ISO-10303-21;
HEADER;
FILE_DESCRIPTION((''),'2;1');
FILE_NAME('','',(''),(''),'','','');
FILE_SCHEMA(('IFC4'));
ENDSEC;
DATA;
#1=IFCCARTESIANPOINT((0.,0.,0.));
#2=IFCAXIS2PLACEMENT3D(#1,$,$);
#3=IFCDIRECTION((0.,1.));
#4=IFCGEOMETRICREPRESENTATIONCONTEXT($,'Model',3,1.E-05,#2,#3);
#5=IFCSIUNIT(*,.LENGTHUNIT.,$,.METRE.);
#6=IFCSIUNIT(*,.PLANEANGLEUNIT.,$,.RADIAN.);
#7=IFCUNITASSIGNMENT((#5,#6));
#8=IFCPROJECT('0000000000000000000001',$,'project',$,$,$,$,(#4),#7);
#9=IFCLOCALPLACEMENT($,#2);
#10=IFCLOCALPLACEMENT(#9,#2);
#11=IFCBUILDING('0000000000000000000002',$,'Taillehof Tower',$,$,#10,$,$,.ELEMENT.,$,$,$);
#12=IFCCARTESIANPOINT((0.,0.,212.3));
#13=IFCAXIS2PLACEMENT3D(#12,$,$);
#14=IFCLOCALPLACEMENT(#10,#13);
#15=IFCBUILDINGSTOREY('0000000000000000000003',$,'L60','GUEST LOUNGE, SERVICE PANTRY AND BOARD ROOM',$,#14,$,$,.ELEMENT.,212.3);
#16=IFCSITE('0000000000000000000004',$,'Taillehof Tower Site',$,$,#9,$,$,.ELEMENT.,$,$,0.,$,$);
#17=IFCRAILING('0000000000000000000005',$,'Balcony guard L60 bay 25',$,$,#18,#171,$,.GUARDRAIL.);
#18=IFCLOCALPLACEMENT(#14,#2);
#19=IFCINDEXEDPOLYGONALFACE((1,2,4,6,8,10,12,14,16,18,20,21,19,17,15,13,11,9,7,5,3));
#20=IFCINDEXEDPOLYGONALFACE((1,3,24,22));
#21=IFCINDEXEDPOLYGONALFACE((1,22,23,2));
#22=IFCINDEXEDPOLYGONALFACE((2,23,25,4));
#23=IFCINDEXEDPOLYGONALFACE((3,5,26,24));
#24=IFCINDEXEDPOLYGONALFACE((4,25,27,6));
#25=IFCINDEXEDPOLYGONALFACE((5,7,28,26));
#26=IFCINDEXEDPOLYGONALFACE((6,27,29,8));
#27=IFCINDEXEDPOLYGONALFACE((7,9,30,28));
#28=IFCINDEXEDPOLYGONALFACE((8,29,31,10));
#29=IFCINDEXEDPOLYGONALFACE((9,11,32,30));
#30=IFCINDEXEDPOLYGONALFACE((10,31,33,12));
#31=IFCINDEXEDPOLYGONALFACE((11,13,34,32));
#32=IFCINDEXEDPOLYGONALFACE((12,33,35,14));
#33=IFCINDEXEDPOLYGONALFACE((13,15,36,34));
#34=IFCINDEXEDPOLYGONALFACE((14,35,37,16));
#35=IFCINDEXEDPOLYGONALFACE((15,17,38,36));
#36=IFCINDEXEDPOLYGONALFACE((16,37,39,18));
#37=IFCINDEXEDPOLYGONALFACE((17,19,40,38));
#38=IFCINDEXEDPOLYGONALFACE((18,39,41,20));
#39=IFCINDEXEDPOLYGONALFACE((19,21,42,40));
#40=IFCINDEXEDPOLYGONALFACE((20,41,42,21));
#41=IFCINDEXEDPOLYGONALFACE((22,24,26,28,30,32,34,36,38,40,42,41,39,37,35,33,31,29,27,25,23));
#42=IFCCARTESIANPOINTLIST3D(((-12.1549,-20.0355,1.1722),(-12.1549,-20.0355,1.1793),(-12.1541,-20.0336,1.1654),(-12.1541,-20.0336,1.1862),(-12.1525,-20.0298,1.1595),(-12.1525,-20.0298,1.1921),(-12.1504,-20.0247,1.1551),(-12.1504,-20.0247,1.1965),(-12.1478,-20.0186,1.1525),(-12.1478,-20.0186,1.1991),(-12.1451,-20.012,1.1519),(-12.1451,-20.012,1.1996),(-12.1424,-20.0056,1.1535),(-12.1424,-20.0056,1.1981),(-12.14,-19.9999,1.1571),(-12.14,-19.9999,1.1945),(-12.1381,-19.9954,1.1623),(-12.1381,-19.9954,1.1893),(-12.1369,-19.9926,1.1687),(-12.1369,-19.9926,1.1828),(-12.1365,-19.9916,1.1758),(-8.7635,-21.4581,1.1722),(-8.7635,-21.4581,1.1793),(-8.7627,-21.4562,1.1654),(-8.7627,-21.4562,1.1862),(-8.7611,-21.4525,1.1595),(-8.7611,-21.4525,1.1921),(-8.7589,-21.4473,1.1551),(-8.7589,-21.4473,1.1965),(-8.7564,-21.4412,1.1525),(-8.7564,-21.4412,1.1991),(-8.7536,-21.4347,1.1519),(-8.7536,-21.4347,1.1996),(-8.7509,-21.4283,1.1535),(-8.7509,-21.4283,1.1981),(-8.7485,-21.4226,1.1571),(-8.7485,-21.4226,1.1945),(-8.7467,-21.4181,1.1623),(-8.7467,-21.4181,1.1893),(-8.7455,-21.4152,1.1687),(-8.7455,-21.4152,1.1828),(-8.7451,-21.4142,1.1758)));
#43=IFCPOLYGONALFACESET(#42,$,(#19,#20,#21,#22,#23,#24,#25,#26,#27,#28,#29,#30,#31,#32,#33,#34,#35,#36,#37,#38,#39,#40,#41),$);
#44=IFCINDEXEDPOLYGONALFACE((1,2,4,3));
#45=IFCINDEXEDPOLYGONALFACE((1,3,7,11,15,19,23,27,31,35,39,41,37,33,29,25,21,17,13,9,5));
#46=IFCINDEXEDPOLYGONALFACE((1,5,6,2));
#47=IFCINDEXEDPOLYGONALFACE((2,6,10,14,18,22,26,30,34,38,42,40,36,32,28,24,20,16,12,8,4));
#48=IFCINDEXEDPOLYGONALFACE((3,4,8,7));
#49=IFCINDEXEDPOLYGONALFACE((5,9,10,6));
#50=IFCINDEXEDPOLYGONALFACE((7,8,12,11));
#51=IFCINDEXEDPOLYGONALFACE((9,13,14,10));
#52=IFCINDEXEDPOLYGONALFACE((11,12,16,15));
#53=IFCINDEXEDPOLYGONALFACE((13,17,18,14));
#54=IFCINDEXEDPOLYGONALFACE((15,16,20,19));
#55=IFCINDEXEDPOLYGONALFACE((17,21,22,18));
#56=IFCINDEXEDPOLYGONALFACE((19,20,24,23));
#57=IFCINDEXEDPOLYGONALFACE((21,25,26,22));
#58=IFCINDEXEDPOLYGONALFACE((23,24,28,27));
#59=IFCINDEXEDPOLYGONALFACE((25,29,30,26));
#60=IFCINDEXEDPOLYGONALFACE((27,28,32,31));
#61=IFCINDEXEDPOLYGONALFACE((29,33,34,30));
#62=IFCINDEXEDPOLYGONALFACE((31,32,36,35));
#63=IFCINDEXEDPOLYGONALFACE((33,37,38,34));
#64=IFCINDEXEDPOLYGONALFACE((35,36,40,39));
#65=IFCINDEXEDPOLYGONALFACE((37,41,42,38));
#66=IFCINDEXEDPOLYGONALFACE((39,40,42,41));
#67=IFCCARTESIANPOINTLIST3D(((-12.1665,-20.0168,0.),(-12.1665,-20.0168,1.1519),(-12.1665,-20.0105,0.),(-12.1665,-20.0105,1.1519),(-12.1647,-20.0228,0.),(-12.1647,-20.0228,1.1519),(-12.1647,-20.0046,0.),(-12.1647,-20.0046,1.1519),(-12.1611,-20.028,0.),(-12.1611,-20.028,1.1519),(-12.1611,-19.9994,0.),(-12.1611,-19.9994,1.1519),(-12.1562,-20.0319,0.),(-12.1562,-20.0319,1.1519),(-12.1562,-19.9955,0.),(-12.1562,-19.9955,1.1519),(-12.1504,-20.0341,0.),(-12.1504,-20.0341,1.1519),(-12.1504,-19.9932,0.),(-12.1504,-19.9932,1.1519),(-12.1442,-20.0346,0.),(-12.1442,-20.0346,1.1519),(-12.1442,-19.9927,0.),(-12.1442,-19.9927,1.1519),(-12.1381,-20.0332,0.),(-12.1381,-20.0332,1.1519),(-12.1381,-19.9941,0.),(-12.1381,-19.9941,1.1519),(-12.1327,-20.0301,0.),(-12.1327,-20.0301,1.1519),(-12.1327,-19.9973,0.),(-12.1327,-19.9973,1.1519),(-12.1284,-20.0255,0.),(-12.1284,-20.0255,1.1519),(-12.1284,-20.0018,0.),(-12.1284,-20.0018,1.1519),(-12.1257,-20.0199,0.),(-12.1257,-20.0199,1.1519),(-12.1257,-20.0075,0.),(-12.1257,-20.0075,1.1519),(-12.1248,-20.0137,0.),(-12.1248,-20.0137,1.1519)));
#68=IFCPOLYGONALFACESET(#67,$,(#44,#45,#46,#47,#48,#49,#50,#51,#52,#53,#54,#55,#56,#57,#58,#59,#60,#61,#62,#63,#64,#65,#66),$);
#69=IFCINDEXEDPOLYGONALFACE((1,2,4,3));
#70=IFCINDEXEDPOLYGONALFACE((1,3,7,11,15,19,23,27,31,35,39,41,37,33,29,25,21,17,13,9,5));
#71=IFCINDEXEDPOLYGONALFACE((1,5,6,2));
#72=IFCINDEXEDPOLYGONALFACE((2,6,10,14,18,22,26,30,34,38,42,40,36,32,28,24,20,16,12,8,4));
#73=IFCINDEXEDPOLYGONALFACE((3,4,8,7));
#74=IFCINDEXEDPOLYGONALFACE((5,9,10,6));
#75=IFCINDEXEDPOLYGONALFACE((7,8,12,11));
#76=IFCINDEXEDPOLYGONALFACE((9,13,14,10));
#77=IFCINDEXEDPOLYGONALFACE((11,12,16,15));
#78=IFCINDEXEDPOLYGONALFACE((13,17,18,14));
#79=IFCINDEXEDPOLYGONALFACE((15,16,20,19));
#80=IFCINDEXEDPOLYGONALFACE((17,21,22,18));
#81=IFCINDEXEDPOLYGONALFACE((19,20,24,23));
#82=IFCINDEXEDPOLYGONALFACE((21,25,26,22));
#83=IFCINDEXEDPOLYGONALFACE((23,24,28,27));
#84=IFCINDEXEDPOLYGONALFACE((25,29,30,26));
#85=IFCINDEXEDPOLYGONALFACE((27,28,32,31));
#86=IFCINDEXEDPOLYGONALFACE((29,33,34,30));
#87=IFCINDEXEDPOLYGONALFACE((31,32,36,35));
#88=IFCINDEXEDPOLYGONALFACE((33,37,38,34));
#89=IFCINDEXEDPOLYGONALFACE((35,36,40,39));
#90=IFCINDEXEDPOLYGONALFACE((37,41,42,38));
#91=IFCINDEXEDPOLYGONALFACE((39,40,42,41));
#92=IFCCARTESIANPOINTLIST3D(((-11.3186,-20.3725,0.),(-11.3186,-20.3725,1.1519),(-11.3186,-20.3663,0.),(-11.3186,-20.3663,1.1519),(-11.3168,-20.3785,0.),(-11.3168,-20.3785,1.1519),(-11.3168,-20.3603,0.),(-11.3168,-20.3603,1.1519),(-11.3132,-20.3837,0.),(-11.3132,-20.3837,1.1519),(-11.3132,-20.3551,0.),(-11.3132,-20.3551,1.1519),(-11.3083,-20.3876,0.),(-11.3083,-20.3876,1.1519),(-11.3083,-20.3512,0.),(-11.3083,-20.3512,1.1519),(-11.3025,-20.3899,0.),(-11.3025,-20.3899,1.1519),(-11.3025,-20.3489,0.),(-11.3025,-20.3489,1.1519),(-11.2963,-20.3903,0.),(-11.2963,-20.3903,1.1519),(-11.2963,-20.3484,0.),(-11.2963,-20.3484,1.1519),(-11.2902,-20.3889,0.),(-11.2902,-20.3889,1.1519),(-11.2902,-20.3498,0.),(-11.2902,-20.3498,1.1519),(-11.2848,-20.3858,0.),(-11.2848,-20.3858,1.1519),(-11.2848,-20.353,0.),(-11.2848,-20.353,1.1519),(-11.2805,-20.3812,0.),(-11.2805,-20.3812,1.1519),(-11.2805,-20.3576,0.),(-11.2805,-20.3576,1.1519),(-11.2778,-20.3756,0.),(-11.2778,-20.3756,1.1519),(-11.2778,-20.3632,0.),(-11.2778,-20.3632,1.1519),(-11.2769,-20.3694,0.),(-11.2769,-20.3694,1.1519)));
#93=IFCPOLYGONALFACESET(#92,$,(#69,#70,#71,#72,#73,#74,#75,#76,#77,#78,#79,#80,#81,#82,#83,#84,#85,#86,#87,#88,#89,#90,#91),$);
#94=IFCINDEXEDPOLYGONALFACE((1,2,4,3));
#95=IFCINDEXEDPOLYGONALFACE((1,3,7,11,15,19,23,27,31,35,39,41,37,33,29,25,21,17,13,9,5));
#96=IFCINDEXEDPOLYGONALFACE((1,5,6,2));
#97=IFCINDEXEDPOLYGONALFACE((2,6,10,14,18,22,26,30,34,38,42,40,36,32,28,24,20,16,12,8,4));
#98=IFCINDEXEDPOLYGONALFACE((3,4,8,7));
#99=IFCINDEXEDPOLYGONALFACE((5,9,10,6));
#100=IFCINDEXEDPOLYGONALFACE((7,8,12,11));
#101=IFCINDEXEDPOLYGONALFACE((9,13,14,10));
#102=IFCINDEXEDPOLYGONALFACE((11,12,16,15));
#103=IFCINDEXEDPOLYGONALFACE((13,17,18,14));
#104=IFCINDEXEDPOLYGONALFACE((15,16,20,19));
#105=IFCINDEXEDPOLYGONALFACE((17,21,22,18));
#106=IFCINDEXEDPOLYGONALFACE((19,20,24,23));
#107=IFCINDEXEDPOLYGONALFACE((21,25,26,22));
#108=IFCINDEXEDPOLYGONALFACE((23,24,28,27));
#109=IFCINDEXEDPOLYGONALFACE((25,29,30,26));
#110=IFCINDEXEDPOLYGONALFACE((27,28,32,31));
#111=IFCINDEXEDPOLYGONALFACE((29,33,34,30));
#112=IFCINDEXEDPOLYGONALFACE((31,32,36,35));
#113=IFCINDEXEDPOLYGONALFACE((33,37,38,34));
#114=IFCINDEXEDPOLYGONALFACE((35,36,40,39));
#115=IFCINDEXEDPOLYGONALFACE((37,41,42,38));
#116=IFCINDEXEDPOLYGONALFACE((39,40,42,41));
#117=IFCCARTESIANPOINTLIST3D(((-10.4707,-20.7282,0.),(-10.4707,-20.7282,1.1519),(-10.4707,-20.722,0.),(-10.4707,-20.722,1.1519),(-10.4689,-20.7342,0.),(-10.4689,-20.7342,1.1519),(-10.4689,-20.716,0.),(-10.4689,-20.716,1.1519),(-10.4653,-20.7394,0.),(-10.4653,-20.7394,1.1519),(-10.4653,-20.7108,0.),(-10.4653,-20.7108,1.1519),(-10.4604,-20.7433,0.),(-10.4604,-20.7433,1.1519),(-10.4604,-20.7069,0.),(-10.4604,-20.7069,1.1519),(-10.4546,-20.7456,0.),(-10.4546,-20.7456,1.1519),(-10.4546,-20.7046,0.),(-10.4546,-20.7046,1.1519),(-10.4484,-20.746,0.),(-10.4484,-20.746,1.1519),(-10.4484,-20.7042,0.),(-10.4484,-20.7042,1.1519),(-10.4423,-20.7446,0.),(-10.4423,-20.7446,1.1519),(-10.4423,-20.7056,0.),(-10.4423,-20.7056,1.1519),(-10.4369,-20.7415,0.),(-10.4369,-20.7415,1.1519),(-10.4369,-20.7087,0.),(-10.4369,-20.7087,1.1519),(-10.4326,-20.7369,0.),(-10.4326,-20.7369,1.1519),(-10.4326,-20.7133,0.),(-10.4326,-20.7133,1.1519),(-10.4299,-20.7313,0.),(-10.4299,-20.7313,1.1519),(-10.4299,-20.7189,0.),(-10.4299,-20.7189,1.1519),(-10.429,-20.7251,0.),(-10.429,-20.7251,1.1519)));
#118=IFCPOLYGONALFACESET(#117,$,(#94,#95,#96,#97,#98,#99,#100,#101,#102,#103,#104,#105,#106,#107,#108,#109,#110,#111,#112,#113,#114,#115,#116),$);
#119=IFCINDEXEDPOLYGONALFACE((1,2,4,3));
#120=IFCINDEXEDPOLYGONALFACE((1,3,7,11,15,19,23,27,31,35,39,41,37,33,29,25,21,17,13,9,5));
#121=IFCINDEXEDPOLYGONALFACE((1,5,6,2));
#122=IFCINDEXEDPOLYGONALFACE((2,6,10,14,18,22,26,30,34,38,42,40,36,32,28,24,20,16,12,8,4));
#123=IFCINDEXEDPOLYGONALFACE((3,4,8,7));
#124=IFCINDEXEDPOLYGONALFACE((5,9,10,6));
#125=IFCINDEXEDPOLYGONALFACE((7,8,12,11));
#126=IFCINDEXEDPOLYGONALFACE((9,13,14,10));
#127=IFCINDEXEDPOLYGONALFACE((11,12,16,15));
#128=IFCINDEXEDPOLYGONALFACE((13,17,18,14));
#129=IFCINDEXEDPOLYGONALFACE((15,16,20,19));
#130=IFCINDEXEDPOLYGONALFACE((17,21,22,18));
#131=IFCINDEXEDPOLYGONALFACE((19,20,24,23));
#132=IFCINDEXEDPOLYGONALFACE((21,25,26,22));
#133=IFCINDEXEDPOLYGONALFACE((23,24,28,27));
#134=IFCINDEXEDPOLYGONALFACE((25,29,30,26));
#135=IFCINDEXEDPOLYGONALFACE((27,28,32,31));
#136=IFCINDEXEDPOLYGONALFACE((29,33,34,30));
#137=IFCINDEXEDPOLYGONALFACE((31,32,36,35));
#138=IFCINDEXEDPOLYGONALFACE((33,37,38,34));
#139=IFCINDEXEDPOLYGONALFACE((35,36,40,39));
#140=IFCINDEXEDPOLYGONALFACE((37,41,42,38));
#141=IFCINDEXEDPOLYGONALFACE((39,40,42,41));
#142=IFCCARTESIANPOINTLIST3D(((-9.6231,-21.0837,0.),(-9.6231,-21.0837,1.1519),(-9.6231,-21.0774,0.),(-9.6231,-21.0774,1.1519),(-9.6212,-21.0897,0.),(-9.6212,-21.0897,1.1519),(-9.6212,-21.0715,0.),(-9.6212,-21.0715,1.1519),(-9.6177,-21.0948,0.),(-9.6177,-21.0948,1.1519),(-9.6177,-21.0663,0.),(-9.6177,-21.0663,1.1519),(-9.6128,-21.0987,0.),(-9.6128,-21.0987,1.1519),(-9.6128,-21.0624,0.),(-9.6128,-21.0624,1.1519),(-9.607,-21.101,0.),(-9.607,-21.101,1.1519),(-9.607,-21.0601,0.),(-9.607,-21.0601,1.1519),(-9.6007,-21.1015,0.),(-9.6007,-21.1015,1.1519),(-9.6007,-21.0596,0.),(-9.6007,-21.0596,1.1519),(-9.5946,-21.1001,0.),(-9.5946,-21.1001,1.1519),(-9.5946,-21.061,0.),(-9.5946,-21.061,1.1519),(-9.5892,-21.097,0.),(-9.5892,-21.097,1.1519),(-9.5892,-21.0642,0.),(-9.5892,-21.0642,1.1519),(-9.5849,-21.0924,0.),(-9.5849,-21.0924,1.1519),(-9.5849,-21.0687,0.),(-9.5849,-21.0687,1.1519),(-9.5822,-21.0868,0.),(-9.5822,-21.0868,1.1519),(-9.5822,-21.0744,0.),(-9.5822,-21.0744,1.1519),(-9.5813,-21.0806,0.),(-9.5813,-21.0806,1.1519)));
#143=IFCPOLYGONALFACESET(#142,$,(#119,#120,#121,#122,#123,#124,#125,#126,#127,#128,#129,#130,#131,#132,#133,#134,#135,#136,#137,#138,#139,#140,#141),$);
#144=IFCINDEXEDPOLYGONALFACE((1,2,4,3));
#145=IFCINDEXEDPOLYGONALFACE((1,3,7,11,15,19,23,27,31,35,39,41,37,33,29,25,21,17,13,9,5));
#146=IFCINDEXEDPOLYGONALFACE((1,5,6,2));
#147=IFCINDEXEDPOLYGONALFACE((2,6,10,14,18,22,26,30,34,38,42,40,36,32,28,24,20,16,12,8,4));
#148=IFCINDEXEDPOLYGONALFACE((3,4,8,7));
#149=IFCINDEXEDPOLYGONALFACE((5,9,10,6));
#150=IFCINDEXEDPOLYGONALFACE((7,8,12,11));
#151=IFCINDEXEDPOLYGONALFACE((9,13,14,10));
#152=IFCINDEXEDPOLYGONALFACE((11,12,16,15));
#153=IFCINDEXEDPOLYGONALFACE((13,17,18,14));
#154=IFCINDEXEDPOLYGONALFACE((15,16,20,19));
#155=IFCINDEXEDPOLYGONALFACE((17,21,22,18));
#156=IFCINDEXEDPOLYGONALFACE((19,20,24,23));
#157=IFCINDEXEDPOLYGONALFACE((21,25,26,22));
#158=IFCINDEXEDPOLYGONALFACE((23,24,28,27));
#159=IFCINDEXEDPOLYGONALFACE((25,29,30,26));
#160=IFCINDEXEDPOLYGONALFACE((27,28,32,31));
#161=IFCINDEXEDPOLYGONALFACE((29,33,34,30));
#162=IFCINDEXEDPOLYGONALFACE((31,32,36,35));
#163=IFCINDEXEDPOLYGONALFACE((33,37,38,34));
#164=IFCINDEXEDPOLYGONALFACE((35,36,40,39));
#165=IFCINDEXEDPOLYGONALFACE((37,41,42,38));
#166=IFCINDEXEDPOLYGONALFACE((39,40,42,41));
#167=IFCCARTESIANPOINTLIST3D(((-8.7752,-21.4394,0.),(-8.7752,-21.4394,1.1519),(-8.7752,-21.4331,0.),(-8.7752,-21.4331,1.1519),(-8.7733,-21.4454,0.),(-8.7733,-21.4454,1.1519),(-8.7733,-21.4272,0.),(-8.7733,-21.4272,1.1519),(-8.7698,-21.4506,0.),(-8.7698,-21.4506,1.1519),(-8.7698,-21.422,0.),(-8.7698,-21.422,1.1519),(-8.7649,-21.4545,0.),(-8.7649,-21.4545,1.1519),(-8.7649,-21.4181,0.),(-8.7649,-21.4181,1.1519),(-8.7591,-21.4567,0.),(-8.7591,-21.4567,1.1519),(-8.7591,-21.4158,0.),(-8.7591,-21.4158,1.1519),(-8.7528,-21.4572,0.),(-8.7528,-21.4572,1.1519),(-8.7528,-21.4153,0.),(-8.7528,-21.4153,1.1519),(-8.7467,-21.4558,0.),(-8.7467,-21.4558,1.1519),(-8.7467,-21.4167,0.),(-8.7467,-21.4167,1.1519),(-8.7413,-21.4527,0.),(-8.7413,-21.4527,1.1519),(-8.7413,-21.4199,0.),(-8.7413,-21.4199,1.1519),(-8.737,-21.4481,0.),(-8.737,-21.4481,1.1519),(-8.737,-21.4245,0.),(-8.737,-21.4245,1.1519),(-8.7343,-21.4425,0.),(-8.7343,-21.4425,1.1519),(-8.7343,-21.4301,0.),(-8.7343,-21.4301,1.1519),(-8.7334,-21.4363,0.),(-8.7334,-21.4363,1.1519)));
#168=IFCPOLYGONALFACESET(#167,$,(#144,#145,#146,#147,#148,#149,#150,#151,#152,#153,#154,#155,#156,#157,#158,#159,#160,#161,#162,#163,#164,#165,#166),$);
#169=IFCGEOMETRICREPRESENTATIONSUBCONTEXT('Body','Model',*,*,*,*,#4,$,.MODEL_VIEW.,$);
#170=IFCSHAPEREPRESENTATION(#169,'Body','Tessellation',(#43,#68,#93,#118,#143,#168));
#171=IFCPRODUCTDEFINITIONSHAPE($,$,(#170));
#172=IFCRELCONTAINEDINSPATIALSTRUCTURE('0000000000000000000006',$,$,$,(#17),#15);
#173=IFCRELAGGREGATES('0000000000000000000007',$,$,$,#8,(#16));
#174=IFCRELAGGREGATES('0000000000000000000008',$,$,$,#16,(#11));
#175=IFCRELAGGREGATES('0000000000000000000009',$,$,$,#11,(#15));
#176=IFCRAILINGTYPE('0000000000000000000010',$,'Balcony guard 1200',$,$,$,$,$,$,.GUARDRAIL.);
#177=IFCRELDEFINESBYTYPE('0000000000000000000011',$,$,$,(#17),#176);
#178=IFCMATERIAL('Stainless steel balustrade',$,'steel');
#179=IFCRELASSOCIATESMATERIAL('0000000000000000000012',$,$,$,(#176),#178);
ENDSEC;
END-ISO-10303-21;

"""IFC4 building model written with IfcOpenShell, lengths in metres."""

from ifc_helpers import new_model, si_unit, direction, frame, origin, origin_2d, place, context, subcontext, project, spatial, circle, extrude, material, type_object, element, save


model = new_model("IFC4")

# Units and contexts
model_context = context("Model", 3, precision=1e-05, world=origin(), true_north=direction((0.0, 1.0)))
body_context = subcontext(model_context, "Body", "Model", "MODEL_VIEW")
ifc_project = project(units=[si_unit("LENGTHUNIT", "METRE"), si_unit("PLANEANGLEUNIT", "RADIAN")], contexts=[model_context])

# Site, building, storey
site_placement = place(None, origin())
site = spatial("IfcSite", under=ifc_project, at=site_placement, Name="Taillehof Tower Site", CompositionType="ELEMENT", RefElevation=0.0)
building_placement = place(site_placement, origin())
building = spatial("IfcBuilding", under=site, at=building_placement, Name="Taillehof Tower", CompositionType="ELEMENT")
storey_placement = place(building_placement, frame((0.0, 0.0, 212.3)))
storey = spatial("IfcBuildingStorey", under=building, at=storey_placement, Name="L60", Description="GUEST LOUNGE, SERVICE PANTRY AND BOARD ROOM", CompositionType="ELEMENT", Elevation=212.3)

# Railing
ifc_material_1 = material(Name="Stainless steel balustrade", Category="steel")
railing_type = type_object("IfcRailingType", Name="Balcony guard 1200", PredefinedType="GUARDRAIL", material=ifc_material_1)
railing_1_placement = place(storey_placement, frame((-12.1458, -20.0137, 0.0)))
element("IfcRailing", 1, at=railing_1_placement, inside=storey, type_object=railing_type, Name="Balcony guard L60 bay 25", PredefinedType="GUARDRAIL", context=body_context, shape_type="SweptSolid", body=[
    extrude(circle(Radius=0.0239, at=origin_2d()), frame((0.0, 0.0, 1.1758), z_axis=(0.922153, -0.386825, 0.0), x_axis=(0.386825, 0.922153, 0.0)), (0.0, 0.0, 1.0), 3.6777),
    extrude(circle(Radius=0.021, at=origin_2d()), origin(), (0.0, 0.0, 1.0), 1.1519),
    extrude(circle(Radius=0.021, at=origin_2d()), frame((0.8479, -0.3557, 0.0)), (0.0, 0.0, 1.0), 1.1519),
    extrude(circle(Radius=0.021, at=origin_2d()), frame((1.6958, -0.7114, 0.0)), (0.0, 0.0, 1.0), 1.1519),
    extrude(circle(Radius=0.021, at=origin_2d()), frame((2.5435, -1.0669, 0.0)), (0.0, 0.0, 1.0), 1.1519),
    extrude(circle(Radius=0.021, at=origin_2d()), frame((3.3914, -1.4226, 0.0)), (0.0, 0.0, 1.0), 1.1519),
])

save(model, "model.ifc")
